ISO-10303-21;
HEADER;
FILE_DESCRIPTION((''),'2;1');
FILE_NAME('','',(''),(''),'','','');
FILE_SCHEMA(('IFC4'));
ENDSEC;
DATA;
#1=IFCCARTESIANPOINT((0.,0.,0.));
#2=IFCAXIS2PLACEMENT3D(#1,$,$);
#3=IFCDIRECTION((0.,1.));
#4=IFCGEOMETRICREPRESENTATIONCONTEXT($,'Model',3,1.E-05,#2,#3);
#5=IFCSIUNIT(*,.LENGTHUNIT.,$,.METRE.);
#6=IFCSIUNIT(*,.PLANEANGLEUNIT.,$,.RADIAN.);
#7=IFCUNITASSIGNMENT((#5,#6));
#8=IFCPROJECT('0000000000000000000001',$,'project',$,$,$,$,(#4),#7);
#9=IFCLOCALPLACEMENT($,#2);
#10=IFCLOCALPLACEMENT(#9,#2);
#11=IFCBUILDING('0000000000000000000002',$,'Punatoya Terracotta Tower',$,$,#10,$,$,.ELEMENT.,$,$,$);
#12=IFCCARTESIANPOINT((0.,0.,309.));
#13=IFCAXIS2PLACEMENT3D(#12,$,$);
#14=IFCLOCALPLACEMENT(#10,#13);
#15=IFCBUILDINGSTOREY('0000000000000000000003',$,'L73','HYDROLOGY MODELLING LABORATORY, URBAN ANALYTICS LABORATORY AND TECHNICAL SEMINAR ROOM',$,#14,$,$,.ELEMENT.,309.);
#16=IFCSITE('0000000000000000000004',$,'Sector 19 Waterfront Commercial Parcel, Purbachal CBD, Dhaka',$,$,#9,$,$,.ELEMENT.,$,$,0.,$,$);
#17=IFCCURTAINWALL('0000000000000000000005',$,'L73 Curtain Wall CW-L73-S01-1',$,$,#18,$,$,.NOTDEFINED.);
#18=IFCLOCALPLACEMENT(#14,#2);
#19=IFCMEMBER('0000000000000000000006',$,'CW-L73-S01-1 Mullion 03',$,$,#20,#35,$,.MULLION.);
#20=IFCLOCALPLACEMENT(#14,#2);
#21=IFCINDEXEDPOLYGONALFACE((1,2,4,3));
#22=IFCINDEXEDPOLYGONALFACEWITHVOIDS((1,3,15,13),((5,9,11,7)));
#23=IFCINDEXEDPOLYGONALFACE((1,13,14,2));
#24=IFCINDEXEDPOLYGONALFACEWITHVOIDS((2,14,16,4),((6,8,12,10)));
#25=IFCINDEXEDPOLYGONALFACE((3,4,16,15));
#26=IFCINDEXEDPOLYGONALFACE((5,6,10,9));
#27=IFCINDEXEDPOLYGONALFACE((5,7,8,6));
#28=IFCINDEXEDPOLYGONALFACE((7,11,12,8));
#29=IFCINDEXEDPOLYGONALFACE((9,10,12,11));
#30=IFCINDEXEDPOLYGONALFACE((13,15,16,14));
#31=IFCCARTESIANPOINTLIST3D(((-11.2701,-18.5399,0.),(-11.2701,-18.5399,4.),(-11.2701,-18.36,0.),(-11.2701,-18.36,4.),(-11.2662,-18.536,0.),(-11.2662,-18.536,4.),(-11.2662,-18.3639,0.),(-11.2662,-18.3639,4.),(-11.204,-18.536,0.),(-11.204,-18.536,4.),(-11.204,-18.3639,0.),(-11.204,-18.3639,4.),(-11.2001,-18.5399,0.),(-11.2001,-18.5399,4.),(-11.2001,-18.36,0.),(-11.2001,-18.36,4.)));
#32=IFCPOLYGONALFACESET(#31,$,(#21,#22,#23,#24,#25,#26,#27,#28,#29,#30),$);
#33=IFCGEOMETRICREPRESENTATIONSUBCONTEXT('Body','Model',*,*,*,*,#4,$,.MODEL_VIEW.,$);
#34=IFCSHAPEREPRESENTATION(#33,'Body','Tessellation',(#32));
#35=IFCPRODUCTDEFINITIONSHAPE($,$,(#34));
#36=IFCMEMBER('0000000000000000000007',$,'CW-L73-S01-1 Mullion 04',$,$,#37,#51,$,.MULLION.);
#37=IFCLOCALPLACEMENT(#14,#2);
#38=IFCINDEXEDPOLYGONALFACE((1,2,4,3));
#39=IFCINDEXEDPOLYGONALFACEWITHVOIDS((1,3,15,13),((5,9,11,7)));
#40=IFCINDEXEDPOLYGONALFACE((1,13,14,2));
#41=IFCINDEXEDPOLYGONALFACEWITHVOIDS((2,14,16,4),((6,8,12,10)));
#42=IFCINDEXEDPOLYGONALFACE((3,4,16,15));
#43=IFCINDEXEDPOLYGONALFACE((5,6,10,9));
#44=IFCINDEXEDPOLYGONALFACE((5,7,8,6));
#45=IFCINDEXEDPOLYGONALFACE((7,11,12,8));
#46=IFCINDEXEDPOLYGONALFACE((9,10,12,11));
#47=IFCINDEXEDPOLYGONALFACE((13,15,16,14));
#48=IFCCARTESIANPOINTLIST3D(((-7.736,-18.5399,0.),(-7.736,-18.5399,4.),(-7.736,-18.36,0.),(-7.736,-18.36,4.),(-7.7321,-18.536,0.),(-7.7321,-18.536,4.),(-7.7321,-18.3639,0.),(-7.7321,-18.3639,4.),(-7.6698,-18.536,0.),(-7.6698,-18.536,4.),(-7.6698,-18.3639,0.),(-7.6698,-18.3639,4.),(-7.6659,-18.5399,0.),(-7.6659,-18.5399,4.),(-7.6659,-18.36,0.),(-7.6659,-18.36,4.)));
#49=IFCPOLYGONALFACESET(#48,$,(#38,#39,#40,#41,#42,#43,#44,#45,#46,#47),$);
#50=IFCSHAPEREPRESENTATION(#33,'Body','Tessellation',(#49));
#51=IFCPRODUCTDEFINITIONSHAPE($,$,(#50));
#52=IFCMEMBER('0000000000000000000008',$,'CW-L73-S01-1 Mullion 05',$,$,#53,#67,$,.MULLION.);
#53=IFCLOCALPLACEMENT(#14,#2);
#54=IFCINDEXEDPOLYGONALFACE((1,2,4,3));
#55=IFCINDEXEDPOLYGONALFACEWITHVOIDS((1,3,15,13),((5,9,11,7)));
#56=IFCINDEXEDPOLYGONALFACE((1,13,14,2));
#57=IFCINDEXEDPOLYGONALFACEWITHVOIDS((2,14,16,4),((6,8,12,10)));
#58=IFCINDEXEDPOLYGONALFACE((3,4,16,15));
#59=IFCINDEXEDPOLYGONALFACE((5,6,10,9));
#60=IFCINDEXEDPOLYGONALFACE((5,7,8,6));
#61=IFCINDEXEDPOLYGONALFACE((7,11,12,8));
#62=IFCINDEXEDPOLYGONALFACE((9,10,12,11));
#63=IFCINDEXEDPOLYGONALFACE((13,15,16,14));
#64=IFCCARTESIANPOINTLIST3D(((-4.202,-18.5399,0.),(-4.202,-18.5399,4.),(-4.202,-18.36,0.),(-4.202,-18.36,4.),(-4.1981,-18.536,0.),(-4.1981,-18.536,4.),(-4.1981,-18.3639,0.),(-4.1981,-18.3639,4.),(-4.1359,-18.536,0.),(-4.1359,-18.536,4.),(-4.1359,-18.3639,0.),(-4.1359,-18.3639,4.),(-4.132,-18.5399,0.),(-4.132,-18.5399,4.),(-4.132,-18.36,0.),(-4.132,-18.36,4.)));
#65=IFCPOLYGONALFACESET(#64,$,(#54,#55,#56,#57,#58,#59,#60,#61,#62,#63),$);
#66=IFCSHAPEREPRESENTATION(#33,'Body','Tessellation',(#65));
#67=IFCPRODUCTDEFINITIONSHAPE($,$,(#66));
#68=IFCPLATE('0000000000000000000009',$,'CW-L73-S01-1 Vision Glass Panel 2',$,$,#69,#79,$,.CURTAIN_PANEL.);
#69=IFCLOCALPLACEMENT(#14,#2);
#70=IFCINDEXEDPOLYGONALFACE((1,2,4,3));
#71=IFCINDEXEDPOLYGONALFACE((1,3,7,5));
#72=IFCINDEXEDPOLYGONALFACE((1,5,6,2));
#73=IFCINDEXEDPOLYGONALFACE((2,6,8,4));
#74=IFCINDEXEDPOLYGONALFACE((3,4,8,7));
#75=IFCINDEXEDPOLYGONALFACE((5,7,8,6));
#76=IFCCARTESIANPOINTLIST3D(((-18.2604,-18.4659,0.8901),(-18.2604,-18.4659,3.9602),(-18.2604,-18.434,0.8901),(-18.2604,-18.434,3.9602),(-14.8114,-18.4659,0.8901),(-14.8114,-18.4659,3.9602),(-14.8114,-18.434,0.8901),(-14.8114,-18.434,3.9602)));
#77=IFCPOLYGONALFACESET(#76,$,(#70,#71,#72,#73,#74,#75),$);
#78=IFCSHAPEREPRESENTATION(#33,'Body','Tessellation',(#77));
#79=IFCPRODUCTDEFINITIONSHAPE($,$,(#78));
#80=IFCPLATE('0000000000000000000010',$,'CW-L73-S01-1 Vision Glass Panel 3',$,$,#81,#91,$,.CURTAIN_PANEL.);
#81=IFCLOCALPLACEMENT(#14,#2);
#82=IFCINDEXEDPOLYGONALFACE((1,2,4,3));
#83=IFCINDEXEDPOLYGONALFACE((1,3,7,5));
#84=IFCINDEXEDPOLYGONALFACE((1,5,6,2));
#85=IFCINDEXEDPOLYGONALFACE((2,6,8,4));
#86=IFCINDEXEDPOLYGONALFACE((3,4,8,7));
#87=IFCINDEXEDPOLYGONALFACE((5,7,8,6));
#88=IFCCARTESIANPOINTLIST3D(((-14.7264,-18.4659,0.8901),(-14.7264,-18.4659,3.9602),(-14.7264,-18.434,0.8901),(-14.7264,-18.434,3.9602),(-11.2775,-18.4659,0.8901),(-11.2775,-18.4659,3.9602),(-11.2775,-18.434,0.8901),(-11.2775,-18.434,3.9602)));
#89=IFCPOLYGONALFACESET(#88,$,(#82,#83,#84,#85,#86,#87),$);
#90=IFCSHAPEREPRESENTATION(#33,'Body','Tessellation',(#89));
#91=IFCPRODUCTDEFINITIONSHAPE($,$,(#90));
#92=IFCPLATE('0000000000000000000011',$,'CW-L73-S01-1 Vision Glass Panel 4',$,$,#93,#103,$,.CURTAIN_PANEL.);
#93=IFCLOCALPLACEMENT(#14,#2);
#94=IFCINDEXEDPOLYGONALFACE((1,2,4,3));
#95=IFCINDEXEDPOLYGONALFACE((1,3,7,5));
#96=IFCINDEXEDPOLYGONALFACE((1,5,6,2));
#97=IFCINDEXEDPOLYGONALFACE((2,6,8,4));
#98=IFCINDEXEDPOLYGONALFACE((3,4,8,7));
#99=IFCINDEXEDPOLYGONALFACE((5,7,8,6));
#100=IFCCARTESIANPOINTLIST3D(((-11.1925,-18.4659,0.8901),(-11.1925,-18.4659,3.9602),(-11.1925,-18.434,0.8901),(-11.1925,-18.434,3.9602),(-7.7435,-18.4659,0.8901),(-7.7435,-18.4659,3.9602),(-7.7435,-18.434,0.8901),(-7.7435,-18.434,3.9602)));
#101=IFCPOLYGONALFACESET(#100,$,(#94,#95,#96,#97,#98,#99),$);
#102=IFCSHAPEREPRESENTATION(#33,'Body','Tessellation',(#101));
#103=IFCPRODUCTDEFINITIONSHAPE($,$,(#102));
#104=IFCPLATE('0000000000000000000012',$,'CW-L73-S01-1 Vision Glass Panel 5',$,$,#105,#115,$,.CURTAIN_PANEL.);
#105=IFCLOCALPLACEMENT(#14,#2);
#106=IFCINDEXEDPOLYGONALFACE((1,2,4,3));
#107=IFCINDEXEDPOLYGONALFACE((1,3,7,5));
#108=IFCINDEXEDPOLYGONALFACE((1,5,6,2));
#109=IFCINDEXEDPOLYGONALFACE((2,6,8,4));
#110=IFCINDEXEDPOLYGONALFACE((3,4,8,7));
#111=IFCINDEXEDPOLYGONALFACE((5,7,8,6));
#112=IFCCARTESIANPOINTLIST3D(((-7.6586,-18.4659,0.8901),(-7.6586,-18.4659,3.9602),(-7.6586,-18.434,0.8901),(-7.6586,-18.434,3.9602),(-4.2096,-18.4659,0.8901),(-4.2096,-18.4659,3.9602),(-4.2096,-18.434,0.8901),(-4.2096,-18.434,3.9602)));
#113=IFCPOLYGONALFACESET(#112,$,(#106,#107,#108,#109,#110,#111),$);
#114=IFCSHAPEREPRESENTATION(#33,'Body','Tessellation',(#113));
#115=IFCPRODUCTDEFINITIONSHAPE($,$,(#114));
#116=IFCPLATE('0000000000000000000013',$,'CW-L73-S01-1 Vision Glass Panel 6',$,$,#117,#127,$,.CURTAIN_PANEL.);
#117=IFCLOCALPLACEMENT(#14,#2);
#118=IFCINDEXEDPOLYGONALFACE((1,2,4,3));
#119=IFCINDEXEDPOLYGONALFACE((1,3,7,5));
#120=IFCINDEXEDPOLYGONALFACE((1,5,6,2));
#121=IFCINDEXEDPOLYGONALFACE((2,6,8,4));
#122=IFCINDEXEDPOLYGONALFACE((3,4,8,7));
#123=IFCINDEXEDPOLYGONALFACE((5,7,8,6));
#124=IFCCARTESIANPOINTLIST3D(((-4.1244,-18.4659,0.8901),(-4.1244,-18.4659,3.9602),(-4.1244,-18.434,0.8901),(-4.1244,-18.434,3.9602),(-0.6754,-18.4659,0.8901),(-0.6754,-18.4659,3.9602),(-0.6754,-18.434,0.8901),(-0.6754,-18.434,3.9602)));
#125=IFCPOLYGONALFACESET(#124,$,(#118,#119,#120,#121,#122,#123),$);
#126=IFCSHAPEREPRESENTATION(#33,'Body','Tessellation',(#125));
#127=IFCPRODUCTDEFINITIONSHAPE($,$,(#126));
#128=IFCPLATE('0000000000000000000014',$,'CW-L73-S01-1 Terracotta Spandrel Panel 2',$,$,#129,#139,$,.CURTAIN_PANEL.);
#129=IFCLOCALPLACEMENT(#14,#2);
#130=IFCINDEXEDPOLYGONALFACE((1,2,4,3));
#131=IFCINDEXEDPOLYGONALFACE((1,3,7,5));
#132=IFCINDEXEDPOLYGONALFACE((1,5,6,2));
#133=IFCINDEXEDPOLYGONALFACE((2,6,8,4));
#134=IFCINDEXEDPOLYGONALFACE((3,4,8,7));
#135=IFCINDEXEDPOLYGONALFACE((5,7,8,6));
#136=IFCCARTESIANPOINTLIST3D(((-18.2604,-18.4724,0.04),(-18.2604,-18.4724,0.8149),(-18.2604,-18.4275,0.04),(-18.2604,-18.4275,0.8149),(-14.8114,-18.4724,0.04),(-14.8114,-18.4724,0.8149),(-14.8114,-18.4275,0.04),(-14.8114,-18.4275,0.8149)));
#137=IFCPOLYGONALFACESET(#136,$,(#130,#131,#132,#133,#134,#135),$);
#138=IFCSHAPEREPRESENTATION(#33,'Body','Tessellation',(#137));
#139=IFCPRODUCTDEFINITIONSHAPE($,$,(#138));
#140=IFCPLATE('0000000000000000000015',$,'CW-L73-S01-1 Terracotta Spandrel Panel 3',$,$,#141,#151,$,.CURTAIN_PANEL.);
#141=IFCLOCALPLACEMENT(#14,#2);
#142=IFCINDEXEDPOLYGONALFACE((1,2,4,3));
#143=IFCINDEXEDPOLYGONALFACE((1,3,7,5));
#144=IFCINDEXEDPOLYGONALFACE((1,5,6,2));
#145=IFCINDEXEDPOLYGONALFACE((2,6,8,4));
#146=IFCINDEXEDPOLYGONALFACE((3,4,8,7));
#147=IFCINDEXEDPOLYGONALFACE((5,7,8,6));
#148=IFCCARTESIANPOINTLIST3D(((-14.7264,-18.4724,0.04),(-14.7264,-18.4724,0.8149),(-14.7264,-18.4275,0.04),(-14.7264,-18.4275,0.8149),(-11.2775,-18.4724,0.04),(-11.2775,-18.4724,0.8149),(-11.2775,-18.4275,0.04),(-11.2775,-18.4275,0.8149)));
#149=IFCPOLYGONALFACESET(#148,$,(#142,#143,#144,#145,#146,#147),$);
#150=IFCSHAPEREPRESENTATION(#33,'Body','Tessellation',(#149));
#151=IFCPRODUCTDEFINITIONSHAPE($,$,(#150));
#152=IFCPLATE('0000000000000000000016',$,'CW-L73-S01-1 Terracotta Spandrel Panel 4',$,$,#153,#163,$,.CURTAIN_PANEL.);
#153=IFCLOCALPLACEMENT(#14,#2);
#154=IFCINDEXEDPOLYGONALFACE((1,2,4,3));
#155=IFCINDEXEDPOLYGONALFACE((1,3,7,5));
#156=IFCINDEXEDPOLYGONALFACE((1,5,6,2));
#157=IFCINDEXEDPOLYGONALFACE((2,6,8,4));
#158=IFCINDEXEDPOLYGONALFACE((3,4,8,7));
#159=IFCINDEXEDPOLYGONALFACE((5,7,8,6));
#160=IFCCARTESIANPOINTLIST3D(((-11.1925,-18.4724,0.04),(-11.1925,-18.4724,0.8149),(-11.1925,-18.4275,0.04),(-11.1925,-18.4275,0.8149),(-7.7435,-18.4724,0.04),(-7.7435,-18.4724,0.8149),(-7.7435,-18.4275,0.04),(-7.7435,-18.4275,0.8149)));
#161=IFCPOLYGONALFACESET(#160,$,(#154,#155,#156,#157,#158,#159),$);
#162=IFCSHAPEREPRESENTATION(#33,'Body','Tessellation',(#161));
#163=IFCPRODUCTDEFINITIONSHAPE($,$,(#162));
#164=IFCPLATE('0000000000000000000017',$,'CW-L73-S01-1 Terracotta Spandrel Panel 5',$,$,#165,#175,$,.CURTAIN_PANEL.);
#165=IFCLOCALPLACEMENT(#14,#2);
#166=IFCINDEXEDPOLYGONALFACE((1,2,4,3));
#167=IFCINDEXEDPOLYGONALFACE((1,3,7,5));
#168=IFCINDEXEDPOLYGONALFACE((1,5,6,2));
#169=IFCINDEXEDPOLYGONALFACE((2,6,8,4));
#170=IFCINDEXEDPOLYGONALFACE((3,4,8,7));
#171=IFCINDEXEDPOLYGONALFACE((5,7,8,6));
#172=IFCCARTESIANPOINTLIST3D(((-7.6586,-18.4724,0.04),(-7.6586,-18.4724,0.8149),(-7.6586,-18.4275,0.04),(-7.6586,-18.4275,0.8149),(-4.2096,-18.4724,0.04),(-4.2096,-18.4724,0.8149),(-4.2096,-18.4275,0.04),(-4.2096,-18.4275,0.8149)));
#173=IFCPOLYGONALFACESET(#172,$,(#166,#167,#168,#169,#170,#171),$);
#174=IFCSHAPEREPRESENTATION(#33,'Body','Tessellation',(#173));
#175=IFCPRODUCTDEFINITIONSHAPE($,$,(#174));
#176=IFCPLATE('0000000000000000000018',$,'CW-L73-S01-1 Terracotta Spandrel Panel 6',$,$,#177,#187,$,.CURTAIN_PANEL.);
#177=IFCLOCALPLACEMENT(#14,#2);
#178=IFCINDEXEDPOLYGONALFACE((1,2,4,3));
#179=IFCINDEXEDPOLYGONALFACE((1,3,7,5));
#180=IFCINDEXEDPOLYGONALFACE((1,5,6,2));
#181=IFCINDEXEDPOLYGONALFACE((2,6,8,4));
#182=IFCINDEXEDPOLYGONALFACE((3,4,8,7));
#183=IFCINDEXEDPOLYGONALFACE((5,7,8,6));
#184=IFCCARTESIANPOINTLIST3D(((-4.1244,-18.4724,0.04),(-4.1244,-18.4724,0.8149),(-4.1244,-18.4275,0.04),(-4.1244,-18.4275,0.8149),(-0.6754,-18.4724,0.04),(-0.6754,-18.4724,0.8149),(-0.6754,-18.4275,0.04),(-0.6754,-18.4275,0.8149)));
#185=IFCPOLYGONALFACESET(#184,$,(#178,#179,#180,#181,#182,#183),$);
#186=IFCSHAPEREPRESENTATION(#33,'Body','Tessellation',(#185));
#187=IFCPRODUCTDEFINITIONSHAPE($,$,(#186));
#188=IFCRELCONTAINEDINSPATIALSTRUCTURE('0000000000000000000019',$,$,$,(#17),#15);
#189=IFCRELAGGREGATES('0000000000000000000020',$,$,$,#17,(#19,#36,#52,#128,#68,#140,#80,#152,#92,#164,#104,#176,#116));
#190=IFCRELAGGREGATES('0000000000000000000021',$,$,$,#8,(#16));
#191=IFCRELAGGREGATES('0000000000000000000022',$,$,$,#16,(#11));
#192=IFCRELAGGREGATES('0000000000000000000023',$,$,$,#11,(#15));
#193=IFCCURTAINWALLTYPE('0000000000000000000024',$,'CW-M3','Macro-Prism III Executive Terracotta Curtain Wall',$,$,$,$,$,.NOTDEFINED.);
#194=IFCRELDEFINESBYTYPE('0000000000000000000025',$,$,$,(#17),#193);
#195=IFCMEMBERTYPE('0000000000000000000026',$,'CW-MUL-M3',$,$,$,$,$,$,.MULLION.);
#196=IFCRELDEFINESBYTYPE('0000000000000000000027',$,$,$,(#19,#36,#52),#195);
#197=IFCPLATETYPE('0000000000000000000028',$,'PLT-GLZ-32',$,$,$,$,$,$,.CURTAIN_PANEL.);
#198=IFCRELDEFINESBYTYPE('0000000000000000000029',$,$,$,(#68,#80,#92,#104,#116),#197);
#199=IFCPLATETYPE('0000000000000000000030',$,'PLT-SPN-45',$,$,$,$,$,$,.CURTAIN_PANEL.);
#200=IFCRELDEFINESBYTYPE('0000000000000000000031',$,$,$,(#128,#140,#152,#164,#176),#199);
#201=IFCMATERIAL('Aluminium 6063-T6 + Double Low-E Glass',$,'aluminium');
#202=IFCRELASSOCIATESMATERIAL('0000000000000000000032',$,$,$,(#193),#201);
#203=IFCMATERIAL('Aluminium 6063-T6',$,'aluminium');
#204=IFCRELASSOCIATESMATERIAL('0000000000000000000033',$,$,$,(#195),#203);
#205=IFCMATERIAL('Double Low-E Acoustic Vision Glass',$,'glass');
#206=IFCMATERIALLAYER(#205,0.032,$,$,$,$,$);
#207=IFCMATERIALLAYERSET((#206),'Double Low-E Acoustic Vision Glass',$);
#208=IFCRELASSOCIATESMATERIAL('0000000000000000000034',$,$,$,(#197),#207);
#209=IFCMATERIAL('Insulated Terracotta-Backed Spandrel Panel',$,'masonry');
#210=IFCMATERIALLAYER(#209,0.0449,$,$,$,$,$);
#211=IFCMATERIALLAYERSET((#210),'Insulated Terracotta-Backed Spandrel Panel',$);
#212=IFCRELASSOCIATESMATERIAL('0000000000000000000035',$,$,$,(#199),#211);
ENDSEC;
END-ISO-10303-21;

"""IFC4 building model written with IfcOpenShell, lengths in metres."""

from ifc_helpers import new_model, si_unit, direction, frame, origin, origin_2d, place, context, subcontext, project, spatial, rectangle, hollow_rectangle, extrude, material, layer, layer_set, material_profile, profile_set, type_object, element, aggregate, save


model = new_model("IFC4")

# Units and contexts
model_context = context("Model", 3, precision=1e-05, world=origin(), true_north=direction((0.0, 1.0)))
body_context = subcontext(model_context, "Body", "Model", "MODEL_VIEW")
ifc_project = project(units=[si_unit("LENGTHUNIT", "METRE"), si_unit("PLANEANGLEUNIT", "RADIAN")], contexts=[model_context])

# Site, building, storey
site_placement = place(None, origin())
site = spatial("IfcSite", under=ifc_project, at=site_placement, Name="Sector 19 Waterfront Commercial Parcel, Purbachal CBD, Dhaka", CompositionType="ELEMENT", RefElevation=0.0)
building_placement = place(site_placement, origin())
building = spatial("IfcBuilding", under=site, at=building_placement, Name="Punatoya Terracotta Tower", CompositionType="ELEMENT")
storey_placement = place(building_placement, frame((0.0, 0.0, 309.0)))
storey = spatial("IfcBuildingStorey", under=building, at=storey_placement, Name="L73", Description="HYDROLOGY MODELLING LABORATORY, URBAN ANALYTICS LABORATORY AND TECHNICAL SEMINAR ROOM", CompositionType="ELEMENT", Elevation=309.0)

# Curtain wall, members, plates
ifc_material_1 = material(Name="Aluminium 6063-T6 + Double Low-E Glass", Category="aluminium")
curtain_wall_type = type_object("IfcCurtainWallType", Name="CW-M3", Description="Macro-Prism III Executive Terracotta Curtain Wall", PredefinedType="NOTDEFINED", material=ifc_material_1)
curtain_wall_placement = place(storey_placement, origin())
curtain_wall = element("IfcCurtainWall", 1, at=curtain_wall_placement, inside=storey, type_object=curtain_wall_type, Name="L73 Curtain Wall CW-L73-S01-1", PredefinedType="NOTDEFINED")
ifc_material_2 = material(Name="Aluminium 6063-T6", Category="aluminium")
ifc_material_profile_1 = material_profile(ifc_material_2, hollow_rectangle(XDim=0.0701, YDim=0.1799, WallThickness=0.0039, at=origin_2d()))
ifc_profile_set_1 = profile_set([ifc_material_profile_1], Name="Aluminium 6063-T6")
member_type = type_object("IfcMemberType", Name="CW-MUL-M3", PredefinedType="MULLION", material=ifc_profile_set_1)
member_1_placement = place(storey_placement, frame((-11.2351, -18.45, 0.0), z_axis=(0.0, 0.0, 1.0), x_axis=(1.0, 0.0, 0.0)))
member_1 = element("IfcMember", 2, at=member_1_placement, type_object=member_type, Name="CW-L73-S01-1 Mullion 03", PredefinedType="MULLION", context=body_context, shape_type="SweptSolid", body=[
    extrude(hollow_rectangle(XDim=0.0701, YDim=0.1799, WallThickness=0.0039, at=origin_2d()), origin(), (0.0, 0.0, 1.0), 4.0),
])
member_2_placement = place(storey_placement, frame((-7.7009, -18.45, 0.0), z_axis=(0.0, 0.0, 1.0), x_axis=(1.0, 0.0, 0.0)))
member_2 = element("IfcMember", 3, at=member_2_placement, type_object=member_type, Name="CW-L73-S01-1 Mullion 04", PredefinedType="MULLION", context=body_context, shape_type="SweptSolid", body=[
    extrude(hollow_rectangle(XDim=0.0701, YDim=0.1799, WallThickness=0.0039, at=origin_2d()), origin(), (0.0, 0.0, 1.0), 4.0),
])
member_3_placement = place(storey_placement, frame((-4.167, -18.45, 0.0), z_axis=(0.0, 0.0, 1.0), x_axis=(1.0, 0.0, 0.0)))
member_3 = element("IfcMember", 4, at=member_3_placement, type_object=member_type, Name="CW-L73-S01-1 Mullion 05", PredefinedType="MULLION", context=body_context, shape_type="SweptSolid", body=[
    extrude(hollow_rectangle(XDim=0.0701, YDim=0.1799, WallThickness=0.0039, at=origin_2d()), origin(), (0.0, 0.0, 1.0), 4.0),
])
ifc_material_3 = material(Name="Double Low-E Acoustic Vision Glass", Category="glass")
ifc_layer_1 = layer(ifc_material_3, 0.032)
ifc_layer_set_1 = layer_set([ifc_layer_1], Name="Double Low-E Acoustic Vision Glass")
plate_type_1 = type_object("IfcPlateType", Name="PLT-GLZ-32", PredefinedType="CURTAIN_PANEL", material=ifc_layer_set_1)
plate_1_placement = place(storey_placement, frame((-16.5359, -18.45, 0.8901), z_axis=(0.0, 0.0, 1.0), x_axis=(1.0, 0.0, 0.0)))
plate_1 = element("IfcPlate", 5, at=plate_1_placement, type_object=plate_type_1, Name="CW-L73-S01-1 Vision Glass Panel 2", PredefinedType="CURTAIN_PANEL", context=body_context, shape_type="SweptSolid", body=[
    extrude(rectangle(XDim=3.449, YDim=0.032, at=origin_2d()), origin(), (0.0, 0.0, 1.0), 3.0701),
])
plate_2_placement = place(storey_placement, frame((-13.002, -18.45, 0.8901), z_axis=(0.0, 0.0, 1.0), x_axis=(1.0, 0.0, 0.0)))
plate_2 = element("IfcPlate", 6, at=plate_2_placement, type_object=plate_type_1, Name="CW-L73-S01-1 Vision Glass Panel 3", PredefinedType="CURTAIN_PANEL", context=body_context, shape_type="SweptSolid", body=[
    extrude(rectangle(XDim=3.449, YDim=0.032, at=origin_2d()), origin(), (0.0, 0.0, 1.0), 3.0701),
])
plate_3_placement = place(storey_placement, frame((-9.468, -18.45, 0.8901), z_axis=(0.0, 0.0, 1.0), x_axis=(1.0, 0.0, 0.0)))
plate_3 = element("IfcPlate", 7, at=plate_3_placement, type_object=plate_type_1, Name="CW-L73-S01-1 Vision Glass Panel 4", PredefinedType="CURTAIN_PANEL", context=body_context, shape_type="SweptSolid", body=[
    extrude(rectangle(XDim=3.449, YDim=0.032, at=origin_2d()), origin(), (0.0, 0.0, 1.0), 3.0701),
])
plate_4_placement = place(storey_placement, frame((-5.9341, -18.45, 0.8901), z_axis=(0.0, 0.0, 1.0), x_axis=(1.0, 0.0, 0.0)))
plate_4 = element("IfcPlate", 8, at=plate_4_placement, type_object=plate_type_1, Name="CW-L73-S01-1 Vision Glass Panel 5", PredefinedType="CURTAIN_PANEL", context=body_context, shape_type="SweptSolid", body=[
    extrude(rectangle(XDim=3.449, YDim=0.032, at=origin_2d()), origin(), (0.0, 0.0, 1.0), 3.0701),
])
plate_5_placement = place(storey_placement, frame((-2.3999, -18.45, 0.8901), z_axis=(0.0, 0.0, 1.0), x_axis=(1.0, 0.0, 0.0)))
plate_5 = element("IfcPlate", 9, at=plate_5_placement, type_object=plate_type_1, Name="CW-L73-S01-1 Vision Glass Panel 6", PredefinedType="CURTAIN_PANEL", context=body_context, shape_type="SweptSolid", body=[
    extrude(rectangle(XDim=3.449, YDim=0.032, at=origin_2d()), origin(), (0.0, 0.0, 1.0), 3.0701),
])
ifc_material_4 = material(Name="Insulated Terracotta-Backed Spandrel Panel", Category="masonry")
ifc_layer_2 = layer(ifc_material_4, 0.0449)
ifc_layer_set_2 = layer_set([ifc_layer_2], Name="Insulated Terracotta-Backed Spandrel Panel")
plate_type_2 = type_object("IfcPlateType", Name="PLT-SPN-45", PredefinedType="CURTAIN_PANEL", material=ifc_layer_set_2)
plate_6_placement = place(storey_placement, frame((-16.5359, -18.45, 0.04), z_axis=(0.0, 0.0, 1.0), x_axis=(1.0, 0.0, 0.0)))
plate_6 = element("IfcPlate", 10, at=plate_6_placement, type_object=plate_type_2, Name="CW-L73-S01-1 Terracotta Spandrel Panel 2", PredefinedType="CURTAIN_PANEL", context=body_context, shape_type="SweptSolid", body=[
    extrude(rectangle(XDim=3.449, YDim=0.0449, at=origin_2d()), origin(), (0.0, 0.0, 1.0), 0.7749),
])
plate_7_placement = place(storey_placement, frame((-13.002, -18.45, 0.04), z_axis=(0.0, 0.0, 1.0), x_axis=(1.0, 0.0, 0.0)))
plate_7 = element("IfcPlate", 11, at=plate_7_placement, type_object=plate_type_2, Name="CW-L73-S01-1 Terracotta Spandrel Panel 3", PredefinedType="CURTAIN_PANEL", context=body_context, shape_type="SweptSolid", body=[
    extrude(rectangle(XDim=3.449, YDim=0.0449, at=origin_2d()), origin(), (0.0, 0.0, 1.0), 0.7749),
])
plate_8_placement = place(storey_placement, frame((-9.468, -18.45, 0.04), z_axis=(0.0, 0.0, 1.0), x_axis=(1.0, 0.0, 0.0)))
plate_8 = element("IfcPlate", 12, at=plate_8_placement, type_object=plate_type_2, Name="CW-L73-S01-1 Terracotta Spandrel Panel 4", PredefinedType="CURTAIN_PANEL", context=body_context, shape_type="SweptSolid", body=[
    extrude(rectangle(XDim=3.449, YDim=0.0449, at=origin_2d()), origin(), (0.0, 0.0, 1.0), 0.7749),
])
plate_9_placement = place(storey_placement, frame((-5.9341, -18.45, 0.04), z_axis=(0.0, 0.0, 1.0), x_axis=(1.0, 0.0, 0.0)))
plate_9 = element("IfcPlate", 13, at=plate_9_placement, type_object=plate_type_2, Name="CW-L73-S01-1 Terracotta Spandrel Panel 5", PredefinedType="CURTAIN_PANEL", context=body_context, shape_type="SweptSolid", body=[
    extrude(rectangle(XDim=3.449, YDim=0.0449, at=origin_2d()), origin(), (0.0, 0.0, 1.0), 0.7749),
])
plate_10_placement = place(storey_placement, frame((-2.3999, -18.45, 0.04), z_axis=(0.0, 0.0, 1.0), x_axis=(1.0, 0.0, 0.0)))
plate_10 = element("IfcPlate", 14, at=plate_10_placement, type_object=plate_type_2, Name="CW-L73-S01-1 Terracotta Spandrel Panel 6", PredefinedType="CURTAIN_PANEL", context=body_context, shape_type="SweptSolid", body=[
    extrude(rectangle(XDim=3.449, YDim=0.0449, at=origin_2d()), origin(), (0.0, 0.0, 1.0), 0.7749),
])
aggregate(curtain_wall, [member_1, member_2, member_3, plate_6, plate_1, plate_7, plate_2, plate_8, plate_3, plate_9, plate_4, plate_10, plate_5])

save(model, "model.ifc")
